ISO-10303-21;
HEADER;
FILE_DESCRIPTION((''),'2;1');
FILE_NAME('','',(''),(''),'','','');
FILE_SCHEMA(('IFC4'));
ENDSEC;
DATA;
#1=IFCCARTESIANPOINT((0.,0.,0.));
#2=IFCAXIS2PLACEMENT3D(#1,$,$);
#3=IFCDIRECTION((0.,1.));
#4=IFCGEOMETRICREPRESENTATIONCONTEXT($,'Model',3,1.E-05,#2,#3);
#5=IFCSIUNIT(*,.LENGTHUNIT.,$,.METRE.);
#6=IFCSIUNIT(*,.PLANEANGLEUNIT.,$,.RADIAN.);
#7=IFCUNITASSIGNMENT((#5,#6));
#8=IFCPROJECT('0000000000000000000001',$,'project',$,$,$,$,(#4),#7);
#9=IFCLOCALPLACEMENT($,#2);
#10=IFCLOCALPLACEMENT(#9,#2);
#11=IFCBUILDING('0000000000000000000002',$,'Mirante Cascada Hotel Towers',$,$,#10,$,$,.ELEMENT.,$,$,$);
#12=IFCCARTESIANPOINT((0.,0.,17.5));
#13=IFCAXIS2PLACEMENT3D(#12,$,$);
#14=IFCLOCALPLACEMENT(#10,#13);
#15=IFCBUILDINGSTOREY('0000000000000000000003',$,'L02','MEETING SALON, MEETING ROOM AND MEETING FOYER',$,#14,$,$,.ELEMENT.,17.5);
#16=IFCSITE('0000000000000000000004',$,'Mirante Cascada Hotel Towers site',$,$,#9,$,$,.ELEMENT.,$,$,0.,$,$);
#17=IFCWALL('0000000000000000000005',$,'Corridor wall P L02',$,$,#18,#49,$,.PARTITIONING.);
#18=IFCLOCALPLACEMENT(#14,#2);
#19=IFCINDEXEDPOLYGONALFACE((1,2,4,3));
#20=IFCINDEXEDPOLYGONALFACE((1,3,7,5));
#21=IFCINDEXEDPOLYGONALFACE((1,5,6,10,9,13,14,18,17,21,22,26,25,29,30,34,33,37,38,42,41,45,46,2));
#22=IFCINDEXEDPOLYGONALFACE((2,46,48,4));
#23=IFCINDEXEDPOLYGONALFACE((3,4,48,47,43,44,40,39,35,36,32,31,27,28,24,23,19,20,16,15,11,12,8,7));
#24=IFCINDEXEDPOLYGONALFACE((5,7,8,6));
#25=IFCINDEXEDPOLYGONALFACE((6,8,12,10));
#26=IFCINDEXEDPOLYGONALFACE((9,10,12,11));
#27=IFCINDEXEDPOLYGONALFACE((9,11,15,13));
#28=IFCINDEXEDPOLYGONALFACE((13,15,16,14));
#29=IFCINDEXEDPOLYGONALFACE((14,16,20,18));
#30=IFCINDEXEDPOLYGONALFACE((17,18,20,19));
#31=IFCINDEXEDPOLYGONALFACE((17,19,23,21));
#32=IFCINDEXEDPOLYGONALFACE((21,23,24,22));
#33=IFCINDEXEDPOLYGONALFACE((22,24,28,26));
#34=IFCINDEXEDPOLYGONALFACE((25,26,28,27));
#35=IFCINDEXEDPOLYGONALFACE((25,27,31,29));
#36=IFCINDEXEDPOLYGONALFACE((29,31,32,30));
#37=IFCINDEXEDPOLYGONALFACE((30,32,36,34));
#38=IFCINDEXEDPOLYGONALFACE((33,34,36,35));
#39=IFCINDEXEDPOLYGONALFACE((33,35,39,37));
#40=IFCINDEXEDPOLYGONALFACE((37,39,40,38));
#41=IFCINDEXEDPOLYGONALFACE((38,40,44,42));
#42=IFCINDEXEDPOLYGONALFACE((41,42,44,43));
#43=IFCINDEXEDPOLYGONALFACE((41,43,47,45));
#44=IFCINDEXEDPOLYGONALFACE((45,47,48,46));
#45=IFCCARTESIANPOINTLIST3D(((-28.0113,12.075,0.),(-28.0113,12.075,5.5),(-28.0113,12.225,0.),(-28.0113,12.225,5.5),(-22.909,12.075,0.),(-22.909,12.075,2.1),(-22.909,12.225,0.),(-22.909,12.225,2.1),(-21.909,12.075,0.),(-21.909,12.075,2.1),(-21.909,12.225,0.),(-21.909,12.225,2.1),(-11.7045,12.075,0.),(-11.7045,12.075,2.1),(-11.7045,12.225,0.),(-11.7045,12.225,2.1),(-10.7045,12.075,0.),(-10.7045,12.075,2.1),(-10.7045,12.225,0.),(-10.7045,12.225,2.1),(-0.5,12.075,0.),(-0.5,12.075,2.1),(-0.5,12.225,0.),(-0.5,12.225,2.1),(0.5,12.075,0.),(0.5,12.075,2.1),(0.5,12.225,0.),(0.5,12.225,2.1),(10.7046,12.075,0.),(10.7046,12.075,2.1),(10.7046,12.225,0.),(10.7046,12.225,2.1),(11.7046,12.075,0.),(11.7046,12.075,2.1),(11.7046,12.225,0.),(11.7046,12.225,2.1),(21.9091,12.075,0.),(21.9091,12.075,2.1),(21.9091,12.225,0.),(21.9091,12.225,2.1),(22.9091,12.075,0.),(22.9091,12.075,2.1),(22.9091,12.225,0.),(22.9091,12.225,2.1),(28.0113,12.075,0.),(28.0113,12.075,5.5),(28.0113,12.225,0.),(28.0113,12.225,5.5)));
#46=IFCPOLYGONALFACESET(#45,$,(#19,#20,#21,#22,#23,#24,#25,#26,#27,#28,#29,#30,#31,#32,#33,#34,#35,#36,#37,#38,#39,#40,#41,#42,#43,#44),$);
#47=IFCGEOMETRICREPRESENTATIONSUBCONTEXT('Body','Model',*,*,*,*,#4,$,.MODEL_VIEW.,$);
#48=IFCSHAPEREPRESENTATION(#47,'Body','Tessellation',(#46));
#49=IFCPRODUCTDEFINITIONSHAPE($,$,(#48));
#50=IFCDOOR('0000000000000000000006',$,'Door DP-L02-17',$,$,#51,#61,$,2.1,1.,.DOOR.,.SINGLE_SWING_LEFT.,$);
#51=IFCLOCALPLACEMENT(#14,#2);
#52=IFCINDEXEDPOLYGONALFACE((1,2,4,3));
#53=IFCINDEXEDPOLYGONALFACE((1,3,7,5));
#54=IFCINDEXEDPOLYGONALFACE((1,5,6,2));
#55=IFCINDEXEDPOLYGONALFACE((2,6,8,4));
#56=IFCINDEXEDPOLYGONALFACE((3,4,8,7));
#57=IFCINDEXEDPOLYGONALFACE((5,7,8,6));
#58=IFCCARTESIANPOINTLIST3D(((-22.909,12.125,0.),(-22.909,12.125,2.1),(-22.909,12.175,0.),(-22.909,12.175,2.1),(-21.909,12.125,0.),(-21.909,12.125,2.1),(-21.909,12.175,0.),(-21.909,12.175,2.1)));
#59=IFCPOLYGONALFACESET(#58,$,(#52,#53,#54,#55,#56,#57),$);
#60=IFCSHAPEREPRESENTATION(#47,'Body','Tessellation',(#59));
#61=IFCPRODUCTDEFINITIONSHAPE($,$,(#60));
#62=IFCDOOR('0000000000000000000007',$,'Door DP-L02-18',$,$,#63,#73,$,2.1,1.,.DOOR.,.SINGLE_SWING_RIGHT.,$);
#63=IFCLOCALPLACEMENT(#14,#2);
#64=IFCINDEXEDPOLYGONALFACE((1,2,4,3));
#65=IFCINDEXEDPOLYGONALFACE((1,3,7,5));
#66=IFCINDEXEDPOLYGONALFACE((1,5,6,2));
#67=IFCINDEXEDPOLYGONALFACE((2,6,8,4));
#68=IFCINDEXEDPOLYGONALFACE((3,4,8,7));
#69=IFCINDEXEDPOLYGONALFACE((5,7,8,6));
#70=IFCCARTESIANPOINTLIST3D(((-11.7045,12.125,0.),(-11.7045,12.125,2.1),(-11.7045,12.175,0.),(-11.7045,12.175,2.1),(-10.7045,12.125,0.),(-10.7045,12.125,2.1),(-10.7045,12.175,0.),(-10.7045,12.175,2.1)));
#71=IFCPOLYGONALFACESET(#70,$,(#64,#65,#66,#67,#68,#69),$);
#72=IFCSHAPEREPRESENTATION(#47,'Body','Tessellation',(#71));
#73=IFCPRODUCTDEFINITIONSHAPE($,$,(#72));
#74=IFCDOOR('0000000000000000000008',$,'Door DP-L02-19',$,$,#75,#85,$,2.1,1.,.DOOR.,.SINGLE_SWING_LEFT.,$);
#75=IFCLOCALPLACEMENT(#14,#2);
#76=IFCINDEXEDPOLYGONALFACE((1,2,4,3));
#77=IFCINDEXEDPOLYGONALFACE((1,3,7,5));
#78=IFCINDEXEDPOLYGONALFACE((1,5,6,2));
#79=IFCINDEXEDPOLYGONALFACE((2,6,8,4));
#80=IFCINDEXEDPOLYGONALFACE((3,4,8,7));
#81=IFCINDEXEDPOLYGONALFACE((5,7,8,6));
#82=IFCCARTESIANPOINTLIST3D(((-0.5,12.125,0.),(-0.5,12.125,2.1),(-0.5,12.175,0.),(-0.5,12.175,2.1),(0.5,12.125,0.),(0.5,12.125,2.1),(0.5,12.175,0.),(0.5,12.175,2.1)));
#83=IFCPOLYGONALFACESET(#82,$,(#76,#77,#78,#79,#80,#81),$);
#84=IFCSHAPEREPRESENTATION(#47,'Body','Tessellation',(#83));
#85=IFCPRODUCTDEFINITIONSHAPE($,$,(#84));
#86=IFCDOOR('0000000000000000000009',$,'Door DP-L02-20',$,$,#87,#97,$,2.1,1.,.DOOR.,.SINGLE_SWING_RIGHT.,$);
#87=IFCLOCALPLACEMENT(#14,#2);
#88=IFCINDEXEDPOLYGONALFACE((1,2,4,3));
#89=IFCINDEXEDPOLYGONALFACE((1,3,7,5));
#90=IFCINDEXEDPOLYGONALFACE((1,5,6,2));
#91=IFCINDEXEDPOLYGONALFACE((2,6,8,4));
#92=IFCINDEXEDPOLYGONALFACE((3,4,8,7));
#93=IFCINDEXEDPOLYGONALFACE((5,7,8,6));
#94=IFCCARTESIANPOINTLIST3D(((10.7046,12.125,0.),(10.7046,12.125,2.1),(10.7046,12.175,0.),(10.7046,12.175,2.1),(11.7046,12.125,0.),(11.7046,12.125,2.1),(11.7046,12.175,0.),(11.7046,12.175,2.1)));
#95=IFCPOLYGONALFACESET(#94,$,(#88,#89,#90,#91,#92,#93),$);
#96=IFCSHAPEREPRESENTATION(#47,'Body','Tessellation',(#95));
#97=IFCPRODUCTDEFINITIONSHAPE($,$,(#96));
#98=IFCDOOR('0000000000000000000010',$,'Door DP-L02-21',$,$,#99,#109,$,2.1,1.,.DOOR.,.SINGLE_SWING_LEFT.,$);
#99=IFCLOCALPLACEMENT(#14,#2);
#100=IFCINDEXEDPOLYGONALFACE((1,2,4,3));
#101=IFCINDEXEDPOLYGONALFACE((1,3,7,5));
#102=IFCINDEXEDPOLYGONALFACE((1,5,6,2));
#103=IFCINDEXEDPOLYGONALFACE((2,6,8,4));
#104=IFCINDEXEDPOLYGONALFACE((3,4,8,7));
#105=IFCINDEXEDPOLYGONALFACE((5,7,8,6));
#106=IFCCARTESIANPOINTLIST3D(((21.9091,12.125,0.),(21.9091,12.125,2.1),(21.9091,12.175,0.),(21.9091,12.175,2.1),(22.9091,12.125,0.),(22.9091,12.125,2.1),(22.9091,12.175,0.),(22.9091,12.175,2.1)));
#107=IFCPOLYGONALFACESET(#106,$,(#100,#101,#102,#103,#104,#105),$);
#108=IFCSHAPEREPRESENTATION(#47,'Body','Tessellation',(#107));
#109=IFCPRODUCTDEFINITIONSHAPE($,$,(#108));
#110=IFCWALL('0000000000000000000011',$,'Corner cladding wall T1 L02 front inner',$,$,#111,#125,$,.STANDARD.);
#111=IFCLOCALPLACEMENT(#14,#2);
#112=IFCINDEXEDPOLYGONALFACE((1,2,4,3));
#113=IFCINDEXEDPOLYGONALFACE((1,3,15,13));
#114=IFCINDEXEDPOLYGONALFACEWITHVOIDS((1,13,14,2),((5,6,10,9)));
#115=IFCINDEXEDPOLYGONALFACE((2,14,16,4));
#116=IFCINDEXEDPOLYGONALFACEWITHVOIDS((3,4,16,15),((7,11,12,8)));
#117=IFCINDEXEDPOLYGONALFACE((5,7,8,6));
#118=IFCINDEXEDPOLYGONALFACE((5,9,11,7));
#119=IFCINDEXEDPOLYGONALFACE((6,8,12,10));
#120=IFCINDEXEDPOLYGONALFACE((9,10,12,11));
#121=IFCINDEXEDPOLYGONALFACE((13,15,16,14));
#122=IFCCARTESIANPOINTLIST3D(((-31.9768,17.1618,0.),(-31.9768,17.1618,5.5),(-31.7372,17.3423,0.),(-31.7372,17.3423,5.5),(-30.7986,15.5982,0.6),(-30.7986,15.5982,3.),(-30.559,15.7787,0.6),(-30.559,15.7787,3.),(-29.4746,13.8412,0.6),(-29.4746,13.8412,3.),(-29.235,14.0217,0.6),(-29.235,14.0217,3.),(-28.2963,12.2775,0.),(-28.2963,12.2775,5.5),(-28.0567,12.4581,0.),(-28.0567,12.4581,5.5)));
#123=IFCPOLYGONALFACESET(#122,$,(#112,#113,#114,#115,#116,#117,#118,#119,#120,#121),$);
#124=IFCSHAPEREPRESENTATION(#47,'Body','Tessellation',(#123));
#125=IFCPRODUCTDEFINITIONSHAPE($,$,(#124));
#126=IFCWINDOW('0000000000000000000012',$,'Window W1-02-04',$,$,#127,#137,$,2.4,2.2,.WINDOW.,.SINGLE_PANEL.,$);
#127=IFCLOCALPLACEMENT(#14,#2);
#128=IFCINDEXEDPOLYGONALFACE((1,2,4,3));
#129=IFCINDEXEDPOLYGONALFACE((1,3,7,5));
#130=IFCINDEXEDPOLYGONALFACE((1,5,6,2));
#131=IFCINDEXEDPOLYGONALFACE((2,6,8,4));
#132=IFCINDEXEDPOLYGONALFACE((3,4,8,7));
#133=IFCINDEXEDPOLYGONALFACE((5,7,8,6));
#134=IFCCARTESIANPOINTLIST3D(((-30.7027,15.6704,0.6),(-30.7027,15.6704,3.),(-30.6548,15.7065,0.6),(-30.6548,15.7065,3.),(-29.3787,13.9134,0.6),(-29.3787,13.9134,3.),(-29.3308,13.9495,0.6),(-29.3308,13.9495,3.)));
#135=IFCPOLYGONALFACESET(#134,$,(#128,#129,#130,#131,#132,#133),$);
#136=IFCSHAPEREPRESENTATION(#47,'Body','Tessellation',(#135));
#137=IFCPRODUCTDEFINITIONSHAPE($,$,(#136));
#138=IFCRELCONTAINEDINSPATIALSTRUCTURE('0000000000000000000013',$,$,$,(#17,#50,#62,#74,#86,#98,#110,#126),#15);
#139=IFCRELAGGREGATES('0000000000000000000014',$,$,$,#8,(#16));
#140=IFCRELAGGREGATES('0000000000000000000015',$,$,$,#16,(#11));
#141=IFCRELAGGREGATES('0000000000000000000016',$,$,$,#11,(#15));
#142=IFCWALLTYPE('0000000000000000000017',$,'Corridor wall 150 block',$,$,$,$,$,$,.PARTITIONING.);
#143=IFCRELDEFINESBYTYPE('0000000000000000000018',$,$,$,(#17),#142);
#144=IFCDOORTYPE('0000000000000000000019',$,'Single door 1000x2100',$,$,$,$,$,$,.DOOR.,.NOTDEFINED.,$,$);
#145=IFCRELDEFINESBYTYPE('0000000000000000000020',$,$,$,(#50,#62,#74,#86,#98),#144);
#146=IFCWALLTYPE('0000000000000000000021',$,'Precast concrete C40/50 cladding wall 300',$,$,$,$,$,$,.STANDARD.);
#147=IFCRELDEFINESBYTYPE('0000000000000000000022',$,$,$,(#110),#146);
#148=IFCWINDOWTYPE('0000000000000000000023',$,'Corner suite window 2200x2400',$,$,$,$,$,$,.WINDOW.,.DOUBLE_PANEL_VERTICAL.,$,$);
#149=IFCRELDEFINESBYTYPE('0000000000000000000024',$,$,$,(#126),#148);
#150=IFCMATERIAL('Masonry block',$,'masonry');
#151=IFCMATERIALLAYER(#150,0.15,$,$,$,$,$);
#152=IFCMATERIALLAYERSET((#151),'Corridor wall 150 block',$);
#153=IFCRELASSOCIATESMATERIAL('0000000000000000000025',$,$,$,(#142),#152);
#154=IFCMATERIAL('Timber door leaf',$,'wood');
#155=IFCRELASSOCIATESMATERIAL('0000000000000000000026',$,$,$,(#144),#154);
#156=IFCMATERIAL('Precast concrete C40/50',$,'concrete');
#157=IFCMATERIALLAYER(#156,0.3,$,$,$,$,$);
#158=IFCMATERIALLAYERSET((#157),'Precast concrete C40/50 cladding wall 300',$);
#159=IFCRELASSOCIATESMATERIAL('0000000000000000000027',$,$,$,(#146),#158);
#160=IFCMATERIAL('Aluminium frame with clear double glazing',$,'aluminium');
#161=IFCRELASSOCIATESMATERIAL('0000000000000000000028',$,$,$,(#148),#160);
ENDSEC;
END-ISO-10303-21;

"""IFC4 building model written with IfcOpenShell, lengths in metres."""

from ifc_helpers import new_model, si_unit, direction, frame, frame_2d, origin, place, context, subcontext, project, spatial, rectangle, extrude, material, layer, layer_set, type_object, element, fill, save


model = new_model("IFC4")

# Units and contexts
model_context = context("Model", 3, precision=1e-05, world=origin(), true_north=direction((0.0, 1.0)))
body_context = subcontext(model_context, "Body", "Model", "MODEL_VIEW")
ifc_project = project(units=[si_unit("LENGTHUNIT", "METRE"), si_unit("PLANEANGLEUNIT", "RADIAN")], contexts=[model_context])

# Site, building, storey
site_placement = place(None, origin())
site = spatial("IfcSite", under=ifc_project, at=site_placement, Name="Mirante Cascada Hotel Towers site", CompositionType="ELEMENT", RefElevation=0.0)
building_placement = place(site_placement, origin())
building = spatial("IfcBuilding", under=site, at=building_placement, Name="Mirante Cascada Hotel Towers", CompositionType="ELEMENT")
storey_placement = place(building_placement, frame((0.0, 0.0, 17.5)))
storey = spatial("IfcBuildingStorey", under=building, at=storey_placement, Name="L02", Description="MEETING SALON, MEETING ROOM AND MEETING FOYER", CompositionType="ELEMENT", Elevation=17.5)

# Shared definitions
ifc_material_1 = material(Name="Masonry block", Category="masonry")
ifc_layer_1 = layer(ifc_material_1, 0.15)
ifc_layer_set_1 = layer_set([ifc_layer_1], Name="Corridor wall 150 block")
wall_type_1 = type_object("IfcWallType", Name="Corridor wall 150 block", PredefinedType="PARTITIONING", material=ifc_layer_set_1)

# Wall, openings, doors
ifc_material_2 = material(Name="Timber door leaf", Category="wood")
door_type = type_object("IfcDoorType", Name="Single door 1000x2100", OperationType="NOTDEFINED", PredefinedType="DOOR", material=ifc_material_2)
wall_1_placement = place(storey_placement, frame((-28.0113, 12.15, 0.0), z_axis=(0.0, 0.0, 1.0), x_axis=(1.0, 0.0, 0.0)))
wall_1 = element("IfcWall", 1, at=wall_1_placement, inside=storey, type_object=wall_type_1, Name="Corridor wall P L02", PredefinedType="PARTITIONING", context=body_context, shape_type="SweptSolid", body=[
    extrude(rectangle(XDim=56.0226, YDim=0.15, at=frame_2d((28.0113, 0.0))), origin(), (0.0, 0.0, 1.0), 5.5),
])
opening_1_placement = place(wall_1_placement, frame((5.1023, 0.0, 0.0)))
opening_1 = element("IfcOpeningElement", 2, at=opening_1_placement, cuts=wall_1, PredefinedType="OPENING", context=body_context, shape_type="SweptSolid", body=[
    extrude(rectangle(XDim=1.0, YDim=2.1, at=frame_2d((0.5, 1.05))), frame((0.0, 0.075, 0.0), z_axis=(0.0, -1.0, 0.0), x_axis=(1.0, 0.0, 0.0)), (0.0, 0.0, 1.0), 0.15),
])
opening_2_placement = place(wall_1_placement, frame((16.3068, 0.0, 0.0)))
opening_2 = element("IfcOpeningElement", 3, at=opening_2_placement, cuts=wall_1, PredefinedType="OPENING", context=body_context, shape_type="SweptSolid", body=[
    extrude(rectangle(XDim=1.0, YDim=2.1, at=frame_2d((0.5, 1.05))), frame((0.0, 0.075, 0.0), z_axis=(0.0, -1.0, 0.0), x_axis=(1.0, 0.0, 0.0)), (0.0, 0.0, 1.0), 0.15),
])
opening_3_placement = place(wall_1_placement, frame((27.5113, 0.0, 0.0)))
opening_3 = element("IfcOpeningElement", 4, at=opening_3_placement, cuts=wall_1, PredefinedType="OPENING", context=body_context, shape_type="SweptSolid", body=[
    extrude(rectangle(XDim=1.0, YDim=2.1, at=frame_2d((0.5, 1.05))), frame((0.0, 0.075, 0.0), z_axis=(0.0, -1.0, 0.0), x_axis=(1.0, 0.0, 0.0)), (0.0, 0.0, 1.0), 0.15),
])
opening_4_placement = place(wall_1_placement, frame((38.7159, 0.0, 0.0)))
opening_4 = element("IfcOpeningElement", 5, at=opening_4_placement, cuts=wall_1, PredefinedType="OPENING", context=body_context, shape_type="SweptSolid", body=[
    extrude(rectangle(XDim=1.0, YDim=2.1, at=frame_2d((0.5, 1.05))), frame((0.0, 0.075, 0.0), z_axis=(0.0, -1.0, 0.0), x_axis=(1.0, 0.0, 0.0)), (0.0, 0.0, 1.0), 0.15),
])
opening_5_placement = place(wall_1_placement, frame((49.9204, 0.0, 0.0)))
opening_5 = element("IfcOpeningElement", 6, at=opening_5_placement, cuts=wall_1, PredefinedType="OPENING", context=body_context, shape_type="SweptSolid", body=[
    extrude(rectangle(XDim=1.0, YDim=2.1, at=frame_2d((0.5, 1.05))), frame((0.0, 0.075, 0.0), z_axis=(0.0, -1.0, 0.0), x_axis=(1.0, 0.0, 0.0)), (0.0, 0.0, 1.0), 0.15),
])
door_1_placement = place(opening_1_placement, origin())
door_1 = element("IfcDoor", 7, at=door_1_placement, inside=storey, type_object=door_type, Name="Door DP-L02-17", OperationType="SINGLE_SWING_LEFT", OverallHeight=2.1, OverallWidth=1.0, PredefinedType="DOOR", context=body_context, shape_type="SweptSolid", body=[
    extrude(rectangle(XDim=1.0, YDim=2.1, at=frame_2d((0.5, 1.05))), frame((0.0, 0.025, 0.0), z_axis=(0.0, -1.0, 0.0), x_axis=(1.0, 0.0, 0.0)), (0.0, 0.0, 1.0), 0.05),
])
fill(opening_1, door_1)
door_2_placement = place(opening_2_placement, origin())
door_2 = element("IfcDoor", 8, at=door_2_placement, inside=storey, type_object=door_type, Name="Door DP-L02-18", OperationType="SINGLE_SWING_RIGHT", OverallHeight=2.1, OverallWidth=1.0, PredefinedType="DOOR", context=body_context, shape_type="SweptSolid", body=[
    extrude(rectangle(XDim=1.0, YDim=2.1, at=frame_2d((0.5, 1.05))), frame((0.0, 0.025, 0.0), z_axis=(0.0, -1.0, 0.0), x_axis=(1.0, 0.0, 0.0)), (0.0, 0.0, 1.0), 0.05),
])
fill(opening_2, door_2)
door_3_placement = place(opening_3_placement, origin())
door_3 = element("IfcDoor", 9, at=door_3_placement, inside=storey, type_object=door_type, Name="Door DP-L02-19", OperationType="SINGLE_SWING_LEFT", OverallHeight=2.1, OverallWidth=1.0, PredefinedType="DOOR", context=body_context, shape_type="SweptSolid", body=[
    extrude(rectangle(XDim=1.0, YDim=2.1, at=frame_2d((0.5, 1.05))), frame((0.0, 0.025, 0.0), z_axis=(0.0, -1.0, 0.0), x_axis=(1.0, 0.0, 0.0)), (0.0, 0.0, 1.0), 0.05),
])
fill(opening_3, door_3)
door_4_placement = place(opening_4_placement, origin())
door_4 = element("IfcDoor", 10, at=door_4_placement, inside=storey, type_object=door_type, Name="Door DP-L02-20", OperationType="SINGLE_SWING_RIGHT", OverallHeight=2.1, OverallWidth=1.0, PredefinedType="DOOR", context=body_context, shape_type="SweptSolid", body=[
    extrude(rectangle(XDim=1.0, YDim=2.1, at=frame_2d((0.5, 1.05))), frame((0.0, 0.025, 0.0), z_axis=(0.0, -1.0, 0.0), x_axis=(1.0, 0.0, 0.0)), (0.0, 0.0, 1.0), 0.05),
])
fill(opening_4, door_4)
door_5_placement = place(opening_5_placement, origin())
door_5 = element("IfcDoor", 11, at=door_5_placement, inside=storey, type_object=door_type, Name="Door DP-L02-21", OperationType="SINGLE_SWING_LEFT", OverallHeight=2.1, OverallWidth=1.0, PredefinedType="DOOR", context=body_context, shape_type="SweptSolid", body=[
    extrude(rectangle(XDim=1.0, YDim=2.1, at=frame_2d((0.5, 1.05))), frame((0.0, 0.025, 0.0), z_axis=(0.0, -1.0, 0.0), x_axis=(1.0, 0.0, 0.0)), (0.0, 0.0, 1.0), 0.05),
])
fill(opening_5, door_5)

# Wall, opening, window
ifc_material_3 = material(Name="Precast concrete C40/50", Category="concrete")
ifc_layer_2 = layer(ifc_material_3, 0.3)
ifc_layer_set_2 = layer_set([ifc_layer_2], Name="Precast concrete C40/50 cladding wall 300")
wall_type_2 = type_object("IfcWallType", Name="Precast concrete C40/50 cladding wall 300", PredefinedType="STANDARD", material=ifc_layer_set_2)
wall_2_placement = place(storey_placement, frame((-31.857, 17.252, 0.0), z_axis=(0.0, 0.0, 1.0), x_axis=(0.601814, -0.798636, 0.0)))
wall_2 = element("IfcWall", 12, at=wall_2_placement, inside=storey, type_object=wall_type_2, Name="Corner cladding wall T1 L02 front inner", PredefinedType="STANDARD", context=body_context, shape_type="SweptSolid", body=[
    extrude(rectangle(XDim=6.1157, YDim=0.3, at=frame_2d((3.0578, 0.0))), origin(), (0.0, 0.0, 1.0), 5.5),
])
opening_6_placement = place(wall_2_placement, frame((1.9578, 0.0, 0.6)))
opening_6 = element("IfcOpeningElement", 13, at=opening_6_placement, cuts=wall_2, PredefinedType="OPENING", context=body_context, shape_type="SweptSolid", body=[
    extrude(rectangle(XDim=2.2, YDim=2.4, at=frame_2d((1.1, 1.2))), frame((0.0, 0.15, 0.0), z_axis=(0.0, -1.0, 0.0), x_axis=(1.0, 0.0, 0.0)), (0.0, 0.0, 1.0), 0.3),
])
ifc_material_4 = material(Name="Aluminium frame with clear double glazing", Category="aluminium")
window_type = type_object("IfcWindowType", Name="Corner suite window 2200x2400", PartitioningType="DOUBLE_PANEL_VERTICAL", PredefinedType="WINDOW", material=ifc_material_4)
window_placement = place(opening_6_placement, origin())
window = element("IfcWindow", 14, at=window_placement, inside=storey, type_object=window_type, Name="Window W1-02-04", OverallHeight=2.4, OverallWidth=2.2, PartitioningType="SINGLE_PANEL", PredefinedType="WINDOW", context=body_context, shape_type="SweptSolid", body=[
    extrude(rectangle(XDim=2.2, YDim=2.4, at=frame_2d((1.1, 1.2))), frame((0.0, 0.03, 0.0), z_axis=(0.0, -1.0, 0.0), x_axis=(1.0, 0.0, 0.0)), (0.0, 0.0, 1.0), 0.06),
])
fill(opening_6, window)

save(model, "model.ifc")
